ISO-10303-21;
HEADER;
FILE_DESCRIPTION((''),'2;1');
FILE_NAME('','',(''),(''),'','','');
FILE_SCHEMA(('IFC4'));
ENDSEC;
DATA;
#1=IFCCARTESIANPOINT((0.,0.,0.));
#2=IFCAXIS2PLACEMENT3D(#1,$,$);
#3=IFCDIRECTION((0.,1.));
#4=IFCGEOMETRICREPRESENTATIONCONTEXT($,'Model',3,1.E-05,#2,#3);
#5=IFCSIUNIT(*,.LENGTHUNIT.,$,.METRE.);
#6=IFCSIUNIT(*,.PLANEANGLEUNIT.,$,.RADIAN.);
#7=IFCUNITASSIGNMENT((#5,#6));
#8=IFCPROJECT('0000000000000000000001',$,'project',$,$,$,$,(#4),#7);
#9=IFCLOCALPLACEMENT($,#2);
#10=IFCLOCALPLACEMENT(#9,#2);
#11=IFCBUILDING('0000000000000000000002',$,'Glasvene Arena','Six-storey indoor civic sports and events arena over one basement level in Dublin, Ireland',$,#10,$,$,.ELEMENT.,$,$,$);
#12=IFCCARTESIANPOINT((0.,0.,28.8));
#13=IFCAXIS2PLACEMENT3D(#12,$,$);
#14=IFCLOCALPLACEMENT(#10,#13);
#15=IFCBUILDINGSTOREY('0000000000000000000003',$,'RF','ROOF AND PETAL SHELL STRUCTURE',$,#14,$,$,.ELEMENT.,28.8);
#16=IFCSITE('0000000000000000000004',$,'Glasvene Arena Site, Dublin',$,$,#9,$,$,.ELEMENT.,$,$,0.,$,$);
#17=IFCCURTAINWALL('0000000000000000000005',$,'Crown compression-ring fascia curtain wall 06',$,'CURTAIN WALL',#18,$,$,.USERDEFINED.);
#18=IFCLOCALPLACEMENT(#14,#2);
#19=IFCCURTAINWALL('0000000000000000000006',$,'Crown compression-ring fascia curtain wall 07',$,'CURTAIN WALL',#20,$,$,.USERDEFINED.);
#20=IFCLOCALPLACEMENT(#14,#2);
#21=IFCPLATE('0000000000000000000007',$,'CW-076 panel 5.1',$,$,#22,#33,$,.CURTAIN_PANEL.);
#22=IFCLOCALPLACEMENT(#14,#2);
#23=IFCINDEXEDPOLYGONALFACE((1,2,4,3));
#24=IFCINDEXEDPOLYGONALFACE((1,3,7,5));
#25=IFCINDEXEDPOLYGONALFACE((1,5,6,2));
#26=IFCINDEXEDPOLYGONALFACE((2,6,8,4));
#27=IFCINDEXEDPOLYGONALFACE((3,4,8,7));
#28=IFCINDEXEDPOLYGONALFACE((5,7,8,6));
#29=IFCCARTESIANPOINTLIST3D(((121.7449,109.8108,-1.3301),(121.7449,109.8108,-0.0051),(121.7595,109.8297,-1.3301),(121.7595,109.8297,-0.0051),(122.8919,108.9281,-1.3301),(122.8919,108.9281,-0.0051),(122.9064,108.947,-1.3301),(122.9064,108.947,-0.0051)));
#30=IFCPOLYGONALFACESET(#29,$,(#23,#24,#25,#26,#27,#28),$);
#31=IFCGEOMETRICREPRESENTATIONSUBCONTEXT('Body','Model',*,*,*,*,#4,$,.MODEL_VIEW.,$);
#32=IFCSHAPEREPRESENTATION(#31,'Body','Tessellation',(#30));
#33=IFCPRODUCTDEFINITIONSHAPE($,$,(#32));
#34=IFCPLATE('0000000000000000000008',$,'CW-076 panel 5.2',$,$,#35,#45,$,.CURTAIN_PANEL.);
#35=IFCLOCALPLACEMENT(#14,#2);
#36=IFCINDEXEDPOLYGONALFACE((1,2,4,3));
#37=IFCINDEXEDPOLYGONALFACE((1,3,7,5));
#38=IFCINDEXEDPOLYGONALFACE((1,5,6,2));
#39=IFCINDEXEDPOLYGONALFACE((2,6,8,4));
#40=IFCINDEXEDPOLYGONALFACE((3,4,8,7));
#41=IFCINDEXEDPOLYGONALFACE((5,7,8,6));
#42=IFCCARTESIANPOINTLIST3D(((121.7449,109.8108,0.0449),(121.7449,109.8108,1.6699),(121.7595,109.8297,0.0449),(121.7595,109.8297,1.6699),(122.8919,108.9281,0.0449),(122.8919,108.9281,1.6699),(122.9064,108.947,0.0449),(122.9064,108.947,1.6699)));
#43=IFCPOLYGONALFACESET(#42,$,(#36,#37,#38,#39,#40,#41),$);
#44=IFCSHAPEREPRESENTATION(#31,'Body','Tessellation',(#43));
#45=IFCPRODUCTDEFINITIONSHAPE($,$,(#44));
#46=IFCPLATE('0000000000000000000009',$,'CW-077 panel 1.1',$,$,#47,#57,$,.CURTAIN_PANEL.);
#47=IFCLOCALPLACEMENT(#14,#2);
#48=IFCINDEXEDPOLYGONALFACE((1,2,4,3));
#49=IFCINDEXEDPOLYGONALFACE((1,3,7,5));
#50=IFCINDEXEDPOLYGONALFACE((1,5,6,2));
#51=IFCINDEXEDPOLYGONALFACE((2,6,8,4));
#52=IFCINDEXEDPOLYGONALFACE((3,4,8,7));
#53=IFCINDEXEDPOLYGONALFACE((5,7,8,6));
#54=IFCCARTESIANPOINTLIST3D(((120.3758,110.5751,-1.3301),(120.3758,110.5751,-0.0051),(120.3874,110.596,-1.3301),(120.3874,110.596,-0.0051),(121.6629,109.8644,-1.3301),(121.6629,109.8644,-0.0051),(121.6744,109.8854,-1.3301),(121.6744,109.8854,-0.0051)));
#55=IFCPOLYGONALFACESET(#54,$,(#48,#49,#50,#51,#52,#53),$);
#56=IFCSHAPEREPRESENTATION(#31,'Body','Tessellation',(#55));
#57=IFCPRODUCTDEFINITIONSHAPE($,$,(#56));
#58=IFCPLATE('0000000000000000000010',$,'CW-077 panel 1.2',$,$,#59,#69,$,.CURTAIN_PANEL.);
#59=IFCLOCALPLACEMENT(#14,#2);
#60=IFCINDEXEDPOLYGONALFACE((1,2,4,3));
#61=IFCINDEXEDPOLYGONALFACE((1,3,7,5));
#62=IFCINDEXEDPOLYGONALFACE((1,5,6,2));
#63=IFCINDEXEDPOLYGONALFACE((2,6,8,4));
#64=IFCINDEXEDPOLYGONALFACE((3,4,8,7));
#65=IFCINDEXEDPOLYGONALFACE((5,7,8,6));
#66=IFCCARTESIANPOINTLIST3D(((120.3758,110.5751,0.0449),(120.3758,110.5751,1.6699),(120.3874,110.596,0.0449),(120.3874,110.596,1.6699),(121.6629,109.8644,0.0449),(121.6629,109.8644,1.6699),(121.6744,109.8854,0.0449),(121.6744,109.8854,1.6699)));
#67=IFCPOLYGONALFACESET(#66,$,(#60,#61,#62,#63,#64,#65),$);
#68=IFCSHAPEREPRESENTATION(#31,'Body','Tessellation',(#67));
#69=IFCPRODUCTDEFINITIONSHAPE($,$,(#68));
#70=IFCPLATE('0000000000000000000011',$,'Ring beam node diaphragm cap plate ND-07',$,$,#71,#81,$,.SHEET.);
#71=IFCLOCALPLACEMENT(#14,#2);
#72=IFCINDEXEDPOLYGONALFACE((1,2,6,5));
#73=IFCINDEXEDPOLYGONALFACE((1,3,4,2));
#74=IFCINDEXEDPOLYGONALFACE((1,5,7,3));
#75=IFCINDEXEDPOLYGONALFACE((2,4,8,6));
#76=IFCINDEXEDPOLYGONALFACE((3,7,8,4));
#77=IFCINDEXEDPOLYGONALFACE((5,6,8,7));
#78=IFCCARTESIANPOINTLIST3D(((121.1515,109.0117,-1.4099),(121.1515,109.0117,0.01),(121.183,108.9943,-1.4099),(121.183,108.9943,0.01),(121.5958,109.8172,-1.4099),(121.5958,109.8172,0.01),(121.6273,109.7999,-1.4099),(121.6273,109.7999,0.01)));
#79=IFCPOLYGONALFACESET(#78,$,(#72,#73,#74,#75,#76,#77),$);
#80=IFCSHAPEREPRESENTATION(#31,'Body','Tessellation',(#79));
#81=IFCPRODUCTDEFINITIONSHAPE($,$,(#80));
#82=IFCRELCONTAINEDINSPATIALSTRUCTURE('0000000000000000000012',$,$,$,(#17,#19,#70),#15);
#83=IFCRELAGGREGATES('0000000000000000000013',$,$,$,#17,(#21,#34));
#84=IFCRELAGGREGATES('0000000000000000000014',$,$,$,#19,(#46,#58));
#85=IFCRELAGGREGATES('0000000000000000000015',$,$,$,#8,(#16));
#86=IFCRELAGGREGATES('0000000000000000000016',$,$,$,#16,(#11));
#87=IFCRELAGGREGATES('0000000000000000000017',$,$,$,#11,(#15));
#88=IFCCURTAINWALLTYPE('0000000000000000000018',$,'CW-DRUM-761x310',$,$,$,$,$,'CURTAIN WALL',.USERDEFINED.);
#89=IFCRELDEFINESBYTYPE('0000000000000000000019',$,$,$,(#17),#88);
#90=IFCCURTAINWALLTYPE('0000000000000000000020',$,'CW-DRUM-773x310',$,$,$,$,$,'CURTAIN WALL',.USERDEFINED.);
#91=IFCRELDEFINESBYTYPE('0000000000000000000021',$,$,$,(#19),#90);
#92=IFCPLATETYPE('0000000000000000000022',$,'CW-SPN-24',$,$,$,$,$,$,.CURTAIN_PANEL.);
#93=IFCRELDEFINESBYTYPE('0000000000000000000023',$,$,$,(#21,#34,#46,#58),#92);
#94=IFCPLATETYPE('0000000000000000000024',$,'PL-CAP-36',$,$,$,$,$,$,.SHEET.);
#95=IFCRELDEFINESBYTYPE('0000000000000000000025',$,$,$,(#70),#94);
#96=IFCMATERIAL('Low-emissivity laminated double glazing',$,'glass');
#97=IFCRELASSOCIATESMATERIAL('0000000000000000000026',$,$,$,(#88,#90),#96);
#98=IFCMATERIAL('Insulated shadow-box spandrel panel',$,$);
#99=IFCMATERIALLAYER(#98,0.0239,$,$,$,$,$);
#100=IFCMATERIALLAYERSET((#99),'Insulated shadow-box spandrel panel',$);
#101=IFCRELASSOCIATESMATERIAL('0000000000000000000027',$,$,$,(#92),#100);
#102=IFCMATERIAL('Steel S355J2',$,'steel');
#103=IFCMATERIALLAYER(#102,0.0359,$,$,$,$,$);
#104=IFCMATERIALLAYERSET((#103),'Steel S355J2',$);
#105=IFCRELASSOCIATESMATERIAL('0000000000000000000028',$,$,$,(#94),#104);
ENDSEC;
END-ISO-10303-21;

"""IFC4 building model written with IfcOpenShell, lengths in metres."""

from ifc_helpers import new_model, si_unit, direction, frame, origin, origin_2d, place, context, subcontext, project, spatial, rectangle, extrude, material, layer, layer_set, type_object, element, aggregate, save


model = new_model("IFC4")

# Units and contexts
model_context = context("Model", 3, precision=1e-05, world=origin(), true_north=direction((0.0, 1.0)))
body_context = subcontext(model_context, "Body", "Model", "MODEL_VIEW")
ifc_project = project(units=[si_unit("LENGTHUNIT", "METRE"), si_unit("PLANEANGLEUNIT", "RADIAN")], contexts=[model_context])

# Site, building, storey
site_placement = place(None, origin())
site = spatial("IfcSite", under=ifc_project, at=site_placement, Name="Glasvene Arena Site, Dublin", CompositionType="ELEMENT", RefElevation=0.0)
building_placement = place(site_placement, origin())
building = spatial("IfcBuilding", under=site, at=building_placement, Name="Glasvene Arena", Description="Six-storey indoor civic sports and events arena over one basement level in Dublin, Ireland", CompositionType="ELEMENT")
storey_placement = place(building_placement, frame((0.0, 0.0, 28.8)))
storey = spatial("IfcBuildingStorey", under=building, at=storey_placement, Name="RF", Description="ROOF AND PETAL SHELL STRUCTURE", CompositionType="ELEMENT", Elevation=28.8)

# Shared definitions
ifc_material_1 = material(Name="Steel S355J2", Category="steel")

# Shared definitions
ifc_material_2 = material(Name="Low-emissivity laminated double glazing", Category="glass")

# Curtain walls
curtain_wall_type_1 = type_object("IfcCurtainWallType", Name="CW-DRUM-761x310", ElementType="CURTAIN WALL", PredefinedType="USERDEFINED", material=ifc_material_2)
curtain_wall_1_placement = place(storey_placement, frame((127.7441, 105.2087, 0.0)))
curtain_wall_1 = element("IfcCurtainWall", 1, at=curtain_wall_1_placement, inside=storey, type_object=curtain_wall_type_1, Name="Crown compression-ring fascia curtain wall 06", ObjectType="CURTAIN WALL", PredefinedType="USERDEFINED")
curtain_wall_type_2 = type_object("IfcCurtainWallType", Name="CW-DRUM-773x310", ElementType="CURTAIN WALL", PredefinedType="USERDEFINED", material=ifc_material_2)
curtain_wall_2_placement = place(storey_placement, frame((121.7124, 109.8506, 0.0)))
curtain_wall_2 = element("IfcCurtainWall", 2, at=curtain_wall_2_placement, inside=storey, type_object=curtain_wall_type_2, Name="Crown compression-ring fascia curtain wall 07", ObjectType="CURTAIN WALL", PredefinedType="USERDEFINED")

# Plates
ifc_material_3 = material(Name="Insulated shadow-box spandrel panel")
ifc_layer_1 = layer(ifc_material_3, 0.0239)
ifc_layer_set_1 = layer_set([ifc_layer_1], Name="Insulated shadow-box spandrel panel")
plate_type_1 = type_object("IfcPlateType", Name="CW-SPN-24", PredefinedType="CURTAIN_PANEL", material=ifc_layer_set_1)
plate_1_placement = place(storey_placement, frame((122.3257, 109.3789, -1.3301), z_axis=(0.0, 0.0, 1.0), x_axis=(-0.792482, 0.609895, 0.0)))
plate_1 = element("IfcPlate", 3, at=plate_1_placement, type_object=plate_type_1, Name="CW-076 panel 5.1", PredefinedType="CURTAIN_PANEL", context=body_context, shape_type="SweptSolid", body=[
    extrude(rectangle(XDim=1.4473, YDim=0.0239, at=origin_2d()), origin(), (0.0, 0.0, 1.0), 1.325),
])
plate_2_placement = place(storey_placement, frame((122.3257, 109.3789, 0.0449), z_axis=(0.0, 0.0, 1.0), x_axis=(-0.792482, 0.609895, 0.0)))
plate_2 = element("IfcPlate", 4, at=plate_2_placement, type_object=plate_type_1, Name="CW-076 panel 5.2", PredefinedType="CURTAIN_PANEL", context=body_context, shape_type="SweptSolid", body=[
    extrude(rectangle(XDim=1.4473, YDim=0.0239, at=origin_2d()), origin(), (0.0, 0.0, 1.0), 1.625),
])
aggregate(curtain_wall_1, [plate_1, plate_2])
plate_3_placement = place(storey_placement, frame((121.0251, 110.2302, -1.3301), z_axis=(0.0, 0.0, 1.0), x_axis=(-0.875407, 0.483387, 0.0)))
plate_3 = element("IfcPlate", 5, at=plate_3_placement, type_object=plate_type_1, Name="CW-077 panel 1.1", PredefinedType="CURTAIN_PANEL", context=body_context, shape_type="SweptSolid", body=[
    extrude(rectangle(XDim=1.4702, YDim=0.0239, at=origin_2d()), origin(), (0.0, 0.0, 1.0), 1.325),
])
plate_4_placement = place(storey_placement, frame((121.0251, 110.2302, 0.0449), z_axis=(0.0, 0.0, 1.0), x_axis=(-0.875407, 0.483387, 0.0)))
plate_4 = element("IfcPlate", 6, at=plate_4_placement, type_object=plate_type_1, Name="CW-077 panel 1.2", PredefinedType="CURTAIN_PANEL", context=body_context, shape_type="SweptSolid", body=[
    extrude(rectangle(XDim=1.4702, YDim=0.0239, at=origin_2d()), origin(), (0.0, 0.0, 1.0), 1.625),
])
aggregate(curtain_wall_2, [plate_3, plate_4])
ifc_layer_2 = layer(ifc_material_1, 0.0359)
ifc_layer_set_2 = layer_set([ifc_layer_2], Name="Steel S355J2")
plate_type_2 = type_object("IfcPlateType", Name="PL-CAP-36", PredefinedType="SHEET", material=ifc_layer_set_2)
plate_5_placement = place(storey_placement, frame((121.3894, 109.4058, -1.4099), z_axis=(0.0, 0.0, 1.0), x_axis=(-0.875633, 0.482977, 0.0)))
element("IfcPlate", 7, at=plate_5_placement, inside=storey, type_object=plate_type_2, Name="Ring beam node diaphragm cap plate ND-07", PredefinedType="SHEET", context=body_context, shape_type="SweptSolid", body=[
    extrude(rectangle(XDim=0.0359, YDim=0.9199, at=origin_2d()), origin(), (0.0, 0.0, 1.0), 1.4199),
])

save(model, "model.ifc")
